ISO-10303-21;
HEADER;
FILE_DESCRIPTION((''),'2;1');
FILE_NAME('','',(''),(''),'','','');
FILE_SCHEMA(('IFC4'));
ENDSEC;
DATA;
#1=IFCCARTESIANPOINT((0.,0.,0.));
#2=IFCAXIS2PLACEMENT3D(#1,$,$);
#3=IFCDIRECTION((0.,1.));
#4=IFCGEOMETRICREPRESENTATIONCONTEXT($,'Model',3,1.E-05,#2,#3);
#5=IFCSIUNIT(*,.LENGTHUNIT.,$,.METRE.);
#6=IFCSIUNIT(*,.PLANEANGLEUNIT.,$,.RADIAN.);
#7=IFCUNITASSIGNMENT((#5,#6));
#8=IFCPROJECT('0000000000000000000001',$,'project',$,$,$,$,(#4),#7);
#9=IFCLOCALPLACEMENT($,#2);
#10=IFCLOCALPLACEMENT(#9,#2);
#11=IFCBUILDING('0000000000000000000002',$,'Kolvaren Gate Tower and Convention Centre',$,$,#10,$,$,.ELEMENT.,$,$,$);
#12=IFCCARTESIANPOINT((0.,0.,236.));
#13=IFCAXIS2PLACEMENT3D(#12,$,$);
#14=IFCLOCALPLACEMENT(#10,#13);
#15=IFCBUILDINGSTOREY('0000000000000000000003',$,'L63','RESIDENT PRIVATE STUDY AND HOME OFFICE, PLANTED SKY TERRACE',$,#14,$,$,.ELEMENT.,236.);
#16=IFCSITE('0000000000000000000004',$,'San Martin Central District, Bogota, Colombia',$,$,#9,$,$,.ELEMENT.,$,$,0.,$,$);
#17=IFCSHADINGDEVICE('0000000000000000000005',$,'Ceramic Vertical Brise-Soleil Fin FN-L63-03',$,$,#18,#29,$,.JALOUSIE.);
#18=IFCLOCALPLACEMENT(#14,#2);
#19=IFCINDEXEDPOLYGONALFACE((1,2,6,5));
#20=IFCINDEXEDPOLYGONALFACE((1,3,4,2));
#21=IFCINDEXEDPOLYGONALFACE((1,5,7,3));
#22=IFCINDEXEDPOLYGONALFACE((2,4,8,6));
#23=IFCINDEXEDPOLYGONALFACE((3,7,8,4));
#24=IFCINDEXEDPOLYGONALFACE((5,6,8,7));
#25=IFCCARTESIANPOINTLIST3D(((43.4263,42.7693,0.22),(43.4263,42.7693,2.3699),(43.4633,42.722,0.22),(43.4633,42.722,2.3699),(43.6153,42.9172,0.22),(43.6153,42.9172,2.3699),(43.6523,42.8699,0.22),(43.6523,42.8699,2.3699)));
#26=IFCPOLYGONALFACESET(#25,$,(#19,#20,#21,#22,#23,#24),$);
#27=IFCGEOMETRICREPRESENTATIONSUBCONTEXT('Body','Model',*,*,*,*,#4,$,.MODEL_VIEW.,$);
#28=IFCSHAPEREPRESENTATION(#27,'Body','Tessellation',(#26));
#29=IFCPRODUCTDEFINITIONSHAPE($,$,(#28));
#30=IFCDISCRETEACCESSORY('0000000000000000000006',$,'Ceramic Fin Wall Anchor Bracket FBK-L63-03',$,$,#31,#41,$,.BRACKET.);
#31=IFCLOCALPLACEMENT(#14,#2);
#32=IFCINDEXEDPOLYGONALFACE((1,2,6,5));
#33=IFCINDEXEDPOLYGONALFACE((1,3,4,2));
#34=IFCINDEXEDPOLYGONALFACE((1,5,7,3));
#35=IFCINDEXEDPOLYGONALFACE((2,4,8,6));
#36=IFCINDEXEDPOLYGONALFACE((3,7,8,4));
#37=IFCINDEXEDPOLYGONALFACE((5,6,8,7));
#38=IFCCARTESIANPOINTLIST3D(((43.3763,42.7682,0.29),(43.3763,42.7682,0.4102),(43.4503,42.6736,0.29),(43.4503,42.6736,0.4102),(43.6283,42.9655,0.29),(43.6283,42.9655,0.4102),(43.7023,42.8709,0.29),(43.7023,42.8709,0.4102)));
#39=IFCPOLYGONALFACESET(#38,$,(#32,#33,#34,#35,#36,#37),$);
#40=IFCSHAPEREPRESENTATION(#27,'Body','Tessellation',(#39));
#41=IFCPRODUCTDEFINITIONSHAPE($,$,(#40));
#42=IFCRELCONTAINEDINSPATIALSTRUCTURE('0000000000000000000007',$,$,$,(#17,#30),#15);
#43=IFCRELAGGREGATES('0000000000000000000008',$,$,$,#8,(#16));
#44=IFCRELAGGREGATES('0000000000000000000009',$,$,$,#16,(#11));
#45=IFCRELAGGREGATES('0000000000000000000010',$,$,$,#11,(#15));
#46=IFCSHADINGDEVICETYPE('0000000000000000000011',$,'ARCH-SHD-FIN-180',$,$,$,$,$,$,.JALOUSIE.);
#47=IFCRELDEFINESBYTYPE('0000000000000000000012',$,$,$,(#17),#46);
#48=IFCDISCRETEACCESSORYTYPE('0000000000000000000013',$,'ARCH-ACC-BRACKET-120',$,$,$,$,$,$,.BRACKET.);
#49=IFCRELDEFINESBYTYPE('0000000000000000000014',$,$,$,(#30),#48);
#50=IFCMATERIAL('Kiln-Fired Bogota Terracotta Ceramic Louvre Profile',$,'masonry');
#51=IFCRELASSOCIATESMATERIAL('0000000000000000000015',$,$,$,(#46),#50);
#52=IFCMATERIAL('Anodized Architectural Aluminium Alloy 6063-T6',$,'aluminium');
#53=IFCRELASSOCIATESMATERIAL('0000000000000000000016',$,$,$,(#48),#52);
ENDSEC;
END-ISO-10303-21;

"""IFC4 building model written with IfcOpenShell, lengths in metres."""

from ifc_helpers import new_model, si_unit, direction, frame, origin, origin_2d, place, context, subcontext, project, spatial, rectangle, extrude, material, type_object, element, save


model = new_model("IFC4")

# Units and contexts
model_context = context("Model", 3, precision=1e-05, world=origin(), true_north=direction((0.0, 1.0)))
body_context = subcontext(model_context, "Body", "Model", "MODEL_VIEW")
ifc_project = project(units=[si_unit("LENGTHUNIT", "METRE"), si_unit("PLANEANGLEUNIT", "RADIAN")], contexts=[model_context])

# Site, building, storey
site_placement = place(None, origin())
site = spatial("IfcSite", under=ifc_project, at=site_placement, Name="San Martin Central District, Bogota, Colombia", CompositionType="ELEMENT", RefElevation=0.0)
building_placement = place(site_placement, origin())
building = spatial("IfcBuilding", under=site, at=building_placement, Name="Kolvaren Gate Tower and Convention Centre", CompositionType="ELEMENT")
storey_placement = place(building_placement, frame((0.0, 0.0, 236.0)))
storey = spatial("IfcBuildingStorey", under=building, at=storey_placement, Name="L63", Description="RESIDENT PRIVATE STUDY AND HOME OFFICE, PLANTED SKY TERRACE", CompositionType="ELEMENT", Elevation=236.0)

# Shading device
ifc_material_1 = material(Name="Kiln-Fired Bogota Terracotta Ceramic Louvre Profile", Category="masonry")
shading_device_type = type_object("IfcShadingDeviceType", Name="ARCH-SHD-FIN-180", PredefinedType="JALOUSIE", material=ifc_material_1)
shading_device_placement = place(storey_placement, frame((43.5393, 42.8196, 0.22), z_axis=(0.0, 0.0, 1.0), x_axis=(0.616434, -0.787406, 0.0)))
element("IfcShadingDevice", 1, at=shading_device_placement, inside=storey, type_object=shading_device_type, Name="Ceramic Vertical Brise-Soleil Fin FN-L63-03", PredefinedType="JALOUSIE", context=body_context, shape_type="SweptSolid", body=[
    extrude(rectangle(XDim=0.0601, YDim=0.24, at=origin_2d()), origin(), (0.0, 0.0, 1.0), 2.1499),
])

# Discrete accessory
ifc_material_2 = material(Name="Anodized Architectural Aluminium Alloy 6063-T6", Category="aluminium")
discrete_accessory_type = type_object("IfcDiscreteAccessoryType", Name="ARCH-ACC-BRACKET-120", PredefinedType="BRACKET", material=ifc_material_2)
discrete_accessory_placement = place(storey_placement, frame((43.5393, 42.8196, 0.29), z_axis=(0.0, 0.0, 1.0), x_axis=(0.616434, -0.787406, 0.0)))
element("IfcDiscreteAccessory", 2, at=discrete_accessory_placement, inside=storey, type_object=discrete_accessory_type, Name="Ceramic Fin Wall Anchor Bracket FBK-L63-03", PredefinedType="BRACKET", context=body_context, shape_type="SweptSolid", body=[
    extrude(rectangle(XDim=0.1201, YDim=0.3201, at=origin_2d()), origin(), (0.0, 0.0, 1.0), 0.1201),
])

save(model, "model.ifc")
